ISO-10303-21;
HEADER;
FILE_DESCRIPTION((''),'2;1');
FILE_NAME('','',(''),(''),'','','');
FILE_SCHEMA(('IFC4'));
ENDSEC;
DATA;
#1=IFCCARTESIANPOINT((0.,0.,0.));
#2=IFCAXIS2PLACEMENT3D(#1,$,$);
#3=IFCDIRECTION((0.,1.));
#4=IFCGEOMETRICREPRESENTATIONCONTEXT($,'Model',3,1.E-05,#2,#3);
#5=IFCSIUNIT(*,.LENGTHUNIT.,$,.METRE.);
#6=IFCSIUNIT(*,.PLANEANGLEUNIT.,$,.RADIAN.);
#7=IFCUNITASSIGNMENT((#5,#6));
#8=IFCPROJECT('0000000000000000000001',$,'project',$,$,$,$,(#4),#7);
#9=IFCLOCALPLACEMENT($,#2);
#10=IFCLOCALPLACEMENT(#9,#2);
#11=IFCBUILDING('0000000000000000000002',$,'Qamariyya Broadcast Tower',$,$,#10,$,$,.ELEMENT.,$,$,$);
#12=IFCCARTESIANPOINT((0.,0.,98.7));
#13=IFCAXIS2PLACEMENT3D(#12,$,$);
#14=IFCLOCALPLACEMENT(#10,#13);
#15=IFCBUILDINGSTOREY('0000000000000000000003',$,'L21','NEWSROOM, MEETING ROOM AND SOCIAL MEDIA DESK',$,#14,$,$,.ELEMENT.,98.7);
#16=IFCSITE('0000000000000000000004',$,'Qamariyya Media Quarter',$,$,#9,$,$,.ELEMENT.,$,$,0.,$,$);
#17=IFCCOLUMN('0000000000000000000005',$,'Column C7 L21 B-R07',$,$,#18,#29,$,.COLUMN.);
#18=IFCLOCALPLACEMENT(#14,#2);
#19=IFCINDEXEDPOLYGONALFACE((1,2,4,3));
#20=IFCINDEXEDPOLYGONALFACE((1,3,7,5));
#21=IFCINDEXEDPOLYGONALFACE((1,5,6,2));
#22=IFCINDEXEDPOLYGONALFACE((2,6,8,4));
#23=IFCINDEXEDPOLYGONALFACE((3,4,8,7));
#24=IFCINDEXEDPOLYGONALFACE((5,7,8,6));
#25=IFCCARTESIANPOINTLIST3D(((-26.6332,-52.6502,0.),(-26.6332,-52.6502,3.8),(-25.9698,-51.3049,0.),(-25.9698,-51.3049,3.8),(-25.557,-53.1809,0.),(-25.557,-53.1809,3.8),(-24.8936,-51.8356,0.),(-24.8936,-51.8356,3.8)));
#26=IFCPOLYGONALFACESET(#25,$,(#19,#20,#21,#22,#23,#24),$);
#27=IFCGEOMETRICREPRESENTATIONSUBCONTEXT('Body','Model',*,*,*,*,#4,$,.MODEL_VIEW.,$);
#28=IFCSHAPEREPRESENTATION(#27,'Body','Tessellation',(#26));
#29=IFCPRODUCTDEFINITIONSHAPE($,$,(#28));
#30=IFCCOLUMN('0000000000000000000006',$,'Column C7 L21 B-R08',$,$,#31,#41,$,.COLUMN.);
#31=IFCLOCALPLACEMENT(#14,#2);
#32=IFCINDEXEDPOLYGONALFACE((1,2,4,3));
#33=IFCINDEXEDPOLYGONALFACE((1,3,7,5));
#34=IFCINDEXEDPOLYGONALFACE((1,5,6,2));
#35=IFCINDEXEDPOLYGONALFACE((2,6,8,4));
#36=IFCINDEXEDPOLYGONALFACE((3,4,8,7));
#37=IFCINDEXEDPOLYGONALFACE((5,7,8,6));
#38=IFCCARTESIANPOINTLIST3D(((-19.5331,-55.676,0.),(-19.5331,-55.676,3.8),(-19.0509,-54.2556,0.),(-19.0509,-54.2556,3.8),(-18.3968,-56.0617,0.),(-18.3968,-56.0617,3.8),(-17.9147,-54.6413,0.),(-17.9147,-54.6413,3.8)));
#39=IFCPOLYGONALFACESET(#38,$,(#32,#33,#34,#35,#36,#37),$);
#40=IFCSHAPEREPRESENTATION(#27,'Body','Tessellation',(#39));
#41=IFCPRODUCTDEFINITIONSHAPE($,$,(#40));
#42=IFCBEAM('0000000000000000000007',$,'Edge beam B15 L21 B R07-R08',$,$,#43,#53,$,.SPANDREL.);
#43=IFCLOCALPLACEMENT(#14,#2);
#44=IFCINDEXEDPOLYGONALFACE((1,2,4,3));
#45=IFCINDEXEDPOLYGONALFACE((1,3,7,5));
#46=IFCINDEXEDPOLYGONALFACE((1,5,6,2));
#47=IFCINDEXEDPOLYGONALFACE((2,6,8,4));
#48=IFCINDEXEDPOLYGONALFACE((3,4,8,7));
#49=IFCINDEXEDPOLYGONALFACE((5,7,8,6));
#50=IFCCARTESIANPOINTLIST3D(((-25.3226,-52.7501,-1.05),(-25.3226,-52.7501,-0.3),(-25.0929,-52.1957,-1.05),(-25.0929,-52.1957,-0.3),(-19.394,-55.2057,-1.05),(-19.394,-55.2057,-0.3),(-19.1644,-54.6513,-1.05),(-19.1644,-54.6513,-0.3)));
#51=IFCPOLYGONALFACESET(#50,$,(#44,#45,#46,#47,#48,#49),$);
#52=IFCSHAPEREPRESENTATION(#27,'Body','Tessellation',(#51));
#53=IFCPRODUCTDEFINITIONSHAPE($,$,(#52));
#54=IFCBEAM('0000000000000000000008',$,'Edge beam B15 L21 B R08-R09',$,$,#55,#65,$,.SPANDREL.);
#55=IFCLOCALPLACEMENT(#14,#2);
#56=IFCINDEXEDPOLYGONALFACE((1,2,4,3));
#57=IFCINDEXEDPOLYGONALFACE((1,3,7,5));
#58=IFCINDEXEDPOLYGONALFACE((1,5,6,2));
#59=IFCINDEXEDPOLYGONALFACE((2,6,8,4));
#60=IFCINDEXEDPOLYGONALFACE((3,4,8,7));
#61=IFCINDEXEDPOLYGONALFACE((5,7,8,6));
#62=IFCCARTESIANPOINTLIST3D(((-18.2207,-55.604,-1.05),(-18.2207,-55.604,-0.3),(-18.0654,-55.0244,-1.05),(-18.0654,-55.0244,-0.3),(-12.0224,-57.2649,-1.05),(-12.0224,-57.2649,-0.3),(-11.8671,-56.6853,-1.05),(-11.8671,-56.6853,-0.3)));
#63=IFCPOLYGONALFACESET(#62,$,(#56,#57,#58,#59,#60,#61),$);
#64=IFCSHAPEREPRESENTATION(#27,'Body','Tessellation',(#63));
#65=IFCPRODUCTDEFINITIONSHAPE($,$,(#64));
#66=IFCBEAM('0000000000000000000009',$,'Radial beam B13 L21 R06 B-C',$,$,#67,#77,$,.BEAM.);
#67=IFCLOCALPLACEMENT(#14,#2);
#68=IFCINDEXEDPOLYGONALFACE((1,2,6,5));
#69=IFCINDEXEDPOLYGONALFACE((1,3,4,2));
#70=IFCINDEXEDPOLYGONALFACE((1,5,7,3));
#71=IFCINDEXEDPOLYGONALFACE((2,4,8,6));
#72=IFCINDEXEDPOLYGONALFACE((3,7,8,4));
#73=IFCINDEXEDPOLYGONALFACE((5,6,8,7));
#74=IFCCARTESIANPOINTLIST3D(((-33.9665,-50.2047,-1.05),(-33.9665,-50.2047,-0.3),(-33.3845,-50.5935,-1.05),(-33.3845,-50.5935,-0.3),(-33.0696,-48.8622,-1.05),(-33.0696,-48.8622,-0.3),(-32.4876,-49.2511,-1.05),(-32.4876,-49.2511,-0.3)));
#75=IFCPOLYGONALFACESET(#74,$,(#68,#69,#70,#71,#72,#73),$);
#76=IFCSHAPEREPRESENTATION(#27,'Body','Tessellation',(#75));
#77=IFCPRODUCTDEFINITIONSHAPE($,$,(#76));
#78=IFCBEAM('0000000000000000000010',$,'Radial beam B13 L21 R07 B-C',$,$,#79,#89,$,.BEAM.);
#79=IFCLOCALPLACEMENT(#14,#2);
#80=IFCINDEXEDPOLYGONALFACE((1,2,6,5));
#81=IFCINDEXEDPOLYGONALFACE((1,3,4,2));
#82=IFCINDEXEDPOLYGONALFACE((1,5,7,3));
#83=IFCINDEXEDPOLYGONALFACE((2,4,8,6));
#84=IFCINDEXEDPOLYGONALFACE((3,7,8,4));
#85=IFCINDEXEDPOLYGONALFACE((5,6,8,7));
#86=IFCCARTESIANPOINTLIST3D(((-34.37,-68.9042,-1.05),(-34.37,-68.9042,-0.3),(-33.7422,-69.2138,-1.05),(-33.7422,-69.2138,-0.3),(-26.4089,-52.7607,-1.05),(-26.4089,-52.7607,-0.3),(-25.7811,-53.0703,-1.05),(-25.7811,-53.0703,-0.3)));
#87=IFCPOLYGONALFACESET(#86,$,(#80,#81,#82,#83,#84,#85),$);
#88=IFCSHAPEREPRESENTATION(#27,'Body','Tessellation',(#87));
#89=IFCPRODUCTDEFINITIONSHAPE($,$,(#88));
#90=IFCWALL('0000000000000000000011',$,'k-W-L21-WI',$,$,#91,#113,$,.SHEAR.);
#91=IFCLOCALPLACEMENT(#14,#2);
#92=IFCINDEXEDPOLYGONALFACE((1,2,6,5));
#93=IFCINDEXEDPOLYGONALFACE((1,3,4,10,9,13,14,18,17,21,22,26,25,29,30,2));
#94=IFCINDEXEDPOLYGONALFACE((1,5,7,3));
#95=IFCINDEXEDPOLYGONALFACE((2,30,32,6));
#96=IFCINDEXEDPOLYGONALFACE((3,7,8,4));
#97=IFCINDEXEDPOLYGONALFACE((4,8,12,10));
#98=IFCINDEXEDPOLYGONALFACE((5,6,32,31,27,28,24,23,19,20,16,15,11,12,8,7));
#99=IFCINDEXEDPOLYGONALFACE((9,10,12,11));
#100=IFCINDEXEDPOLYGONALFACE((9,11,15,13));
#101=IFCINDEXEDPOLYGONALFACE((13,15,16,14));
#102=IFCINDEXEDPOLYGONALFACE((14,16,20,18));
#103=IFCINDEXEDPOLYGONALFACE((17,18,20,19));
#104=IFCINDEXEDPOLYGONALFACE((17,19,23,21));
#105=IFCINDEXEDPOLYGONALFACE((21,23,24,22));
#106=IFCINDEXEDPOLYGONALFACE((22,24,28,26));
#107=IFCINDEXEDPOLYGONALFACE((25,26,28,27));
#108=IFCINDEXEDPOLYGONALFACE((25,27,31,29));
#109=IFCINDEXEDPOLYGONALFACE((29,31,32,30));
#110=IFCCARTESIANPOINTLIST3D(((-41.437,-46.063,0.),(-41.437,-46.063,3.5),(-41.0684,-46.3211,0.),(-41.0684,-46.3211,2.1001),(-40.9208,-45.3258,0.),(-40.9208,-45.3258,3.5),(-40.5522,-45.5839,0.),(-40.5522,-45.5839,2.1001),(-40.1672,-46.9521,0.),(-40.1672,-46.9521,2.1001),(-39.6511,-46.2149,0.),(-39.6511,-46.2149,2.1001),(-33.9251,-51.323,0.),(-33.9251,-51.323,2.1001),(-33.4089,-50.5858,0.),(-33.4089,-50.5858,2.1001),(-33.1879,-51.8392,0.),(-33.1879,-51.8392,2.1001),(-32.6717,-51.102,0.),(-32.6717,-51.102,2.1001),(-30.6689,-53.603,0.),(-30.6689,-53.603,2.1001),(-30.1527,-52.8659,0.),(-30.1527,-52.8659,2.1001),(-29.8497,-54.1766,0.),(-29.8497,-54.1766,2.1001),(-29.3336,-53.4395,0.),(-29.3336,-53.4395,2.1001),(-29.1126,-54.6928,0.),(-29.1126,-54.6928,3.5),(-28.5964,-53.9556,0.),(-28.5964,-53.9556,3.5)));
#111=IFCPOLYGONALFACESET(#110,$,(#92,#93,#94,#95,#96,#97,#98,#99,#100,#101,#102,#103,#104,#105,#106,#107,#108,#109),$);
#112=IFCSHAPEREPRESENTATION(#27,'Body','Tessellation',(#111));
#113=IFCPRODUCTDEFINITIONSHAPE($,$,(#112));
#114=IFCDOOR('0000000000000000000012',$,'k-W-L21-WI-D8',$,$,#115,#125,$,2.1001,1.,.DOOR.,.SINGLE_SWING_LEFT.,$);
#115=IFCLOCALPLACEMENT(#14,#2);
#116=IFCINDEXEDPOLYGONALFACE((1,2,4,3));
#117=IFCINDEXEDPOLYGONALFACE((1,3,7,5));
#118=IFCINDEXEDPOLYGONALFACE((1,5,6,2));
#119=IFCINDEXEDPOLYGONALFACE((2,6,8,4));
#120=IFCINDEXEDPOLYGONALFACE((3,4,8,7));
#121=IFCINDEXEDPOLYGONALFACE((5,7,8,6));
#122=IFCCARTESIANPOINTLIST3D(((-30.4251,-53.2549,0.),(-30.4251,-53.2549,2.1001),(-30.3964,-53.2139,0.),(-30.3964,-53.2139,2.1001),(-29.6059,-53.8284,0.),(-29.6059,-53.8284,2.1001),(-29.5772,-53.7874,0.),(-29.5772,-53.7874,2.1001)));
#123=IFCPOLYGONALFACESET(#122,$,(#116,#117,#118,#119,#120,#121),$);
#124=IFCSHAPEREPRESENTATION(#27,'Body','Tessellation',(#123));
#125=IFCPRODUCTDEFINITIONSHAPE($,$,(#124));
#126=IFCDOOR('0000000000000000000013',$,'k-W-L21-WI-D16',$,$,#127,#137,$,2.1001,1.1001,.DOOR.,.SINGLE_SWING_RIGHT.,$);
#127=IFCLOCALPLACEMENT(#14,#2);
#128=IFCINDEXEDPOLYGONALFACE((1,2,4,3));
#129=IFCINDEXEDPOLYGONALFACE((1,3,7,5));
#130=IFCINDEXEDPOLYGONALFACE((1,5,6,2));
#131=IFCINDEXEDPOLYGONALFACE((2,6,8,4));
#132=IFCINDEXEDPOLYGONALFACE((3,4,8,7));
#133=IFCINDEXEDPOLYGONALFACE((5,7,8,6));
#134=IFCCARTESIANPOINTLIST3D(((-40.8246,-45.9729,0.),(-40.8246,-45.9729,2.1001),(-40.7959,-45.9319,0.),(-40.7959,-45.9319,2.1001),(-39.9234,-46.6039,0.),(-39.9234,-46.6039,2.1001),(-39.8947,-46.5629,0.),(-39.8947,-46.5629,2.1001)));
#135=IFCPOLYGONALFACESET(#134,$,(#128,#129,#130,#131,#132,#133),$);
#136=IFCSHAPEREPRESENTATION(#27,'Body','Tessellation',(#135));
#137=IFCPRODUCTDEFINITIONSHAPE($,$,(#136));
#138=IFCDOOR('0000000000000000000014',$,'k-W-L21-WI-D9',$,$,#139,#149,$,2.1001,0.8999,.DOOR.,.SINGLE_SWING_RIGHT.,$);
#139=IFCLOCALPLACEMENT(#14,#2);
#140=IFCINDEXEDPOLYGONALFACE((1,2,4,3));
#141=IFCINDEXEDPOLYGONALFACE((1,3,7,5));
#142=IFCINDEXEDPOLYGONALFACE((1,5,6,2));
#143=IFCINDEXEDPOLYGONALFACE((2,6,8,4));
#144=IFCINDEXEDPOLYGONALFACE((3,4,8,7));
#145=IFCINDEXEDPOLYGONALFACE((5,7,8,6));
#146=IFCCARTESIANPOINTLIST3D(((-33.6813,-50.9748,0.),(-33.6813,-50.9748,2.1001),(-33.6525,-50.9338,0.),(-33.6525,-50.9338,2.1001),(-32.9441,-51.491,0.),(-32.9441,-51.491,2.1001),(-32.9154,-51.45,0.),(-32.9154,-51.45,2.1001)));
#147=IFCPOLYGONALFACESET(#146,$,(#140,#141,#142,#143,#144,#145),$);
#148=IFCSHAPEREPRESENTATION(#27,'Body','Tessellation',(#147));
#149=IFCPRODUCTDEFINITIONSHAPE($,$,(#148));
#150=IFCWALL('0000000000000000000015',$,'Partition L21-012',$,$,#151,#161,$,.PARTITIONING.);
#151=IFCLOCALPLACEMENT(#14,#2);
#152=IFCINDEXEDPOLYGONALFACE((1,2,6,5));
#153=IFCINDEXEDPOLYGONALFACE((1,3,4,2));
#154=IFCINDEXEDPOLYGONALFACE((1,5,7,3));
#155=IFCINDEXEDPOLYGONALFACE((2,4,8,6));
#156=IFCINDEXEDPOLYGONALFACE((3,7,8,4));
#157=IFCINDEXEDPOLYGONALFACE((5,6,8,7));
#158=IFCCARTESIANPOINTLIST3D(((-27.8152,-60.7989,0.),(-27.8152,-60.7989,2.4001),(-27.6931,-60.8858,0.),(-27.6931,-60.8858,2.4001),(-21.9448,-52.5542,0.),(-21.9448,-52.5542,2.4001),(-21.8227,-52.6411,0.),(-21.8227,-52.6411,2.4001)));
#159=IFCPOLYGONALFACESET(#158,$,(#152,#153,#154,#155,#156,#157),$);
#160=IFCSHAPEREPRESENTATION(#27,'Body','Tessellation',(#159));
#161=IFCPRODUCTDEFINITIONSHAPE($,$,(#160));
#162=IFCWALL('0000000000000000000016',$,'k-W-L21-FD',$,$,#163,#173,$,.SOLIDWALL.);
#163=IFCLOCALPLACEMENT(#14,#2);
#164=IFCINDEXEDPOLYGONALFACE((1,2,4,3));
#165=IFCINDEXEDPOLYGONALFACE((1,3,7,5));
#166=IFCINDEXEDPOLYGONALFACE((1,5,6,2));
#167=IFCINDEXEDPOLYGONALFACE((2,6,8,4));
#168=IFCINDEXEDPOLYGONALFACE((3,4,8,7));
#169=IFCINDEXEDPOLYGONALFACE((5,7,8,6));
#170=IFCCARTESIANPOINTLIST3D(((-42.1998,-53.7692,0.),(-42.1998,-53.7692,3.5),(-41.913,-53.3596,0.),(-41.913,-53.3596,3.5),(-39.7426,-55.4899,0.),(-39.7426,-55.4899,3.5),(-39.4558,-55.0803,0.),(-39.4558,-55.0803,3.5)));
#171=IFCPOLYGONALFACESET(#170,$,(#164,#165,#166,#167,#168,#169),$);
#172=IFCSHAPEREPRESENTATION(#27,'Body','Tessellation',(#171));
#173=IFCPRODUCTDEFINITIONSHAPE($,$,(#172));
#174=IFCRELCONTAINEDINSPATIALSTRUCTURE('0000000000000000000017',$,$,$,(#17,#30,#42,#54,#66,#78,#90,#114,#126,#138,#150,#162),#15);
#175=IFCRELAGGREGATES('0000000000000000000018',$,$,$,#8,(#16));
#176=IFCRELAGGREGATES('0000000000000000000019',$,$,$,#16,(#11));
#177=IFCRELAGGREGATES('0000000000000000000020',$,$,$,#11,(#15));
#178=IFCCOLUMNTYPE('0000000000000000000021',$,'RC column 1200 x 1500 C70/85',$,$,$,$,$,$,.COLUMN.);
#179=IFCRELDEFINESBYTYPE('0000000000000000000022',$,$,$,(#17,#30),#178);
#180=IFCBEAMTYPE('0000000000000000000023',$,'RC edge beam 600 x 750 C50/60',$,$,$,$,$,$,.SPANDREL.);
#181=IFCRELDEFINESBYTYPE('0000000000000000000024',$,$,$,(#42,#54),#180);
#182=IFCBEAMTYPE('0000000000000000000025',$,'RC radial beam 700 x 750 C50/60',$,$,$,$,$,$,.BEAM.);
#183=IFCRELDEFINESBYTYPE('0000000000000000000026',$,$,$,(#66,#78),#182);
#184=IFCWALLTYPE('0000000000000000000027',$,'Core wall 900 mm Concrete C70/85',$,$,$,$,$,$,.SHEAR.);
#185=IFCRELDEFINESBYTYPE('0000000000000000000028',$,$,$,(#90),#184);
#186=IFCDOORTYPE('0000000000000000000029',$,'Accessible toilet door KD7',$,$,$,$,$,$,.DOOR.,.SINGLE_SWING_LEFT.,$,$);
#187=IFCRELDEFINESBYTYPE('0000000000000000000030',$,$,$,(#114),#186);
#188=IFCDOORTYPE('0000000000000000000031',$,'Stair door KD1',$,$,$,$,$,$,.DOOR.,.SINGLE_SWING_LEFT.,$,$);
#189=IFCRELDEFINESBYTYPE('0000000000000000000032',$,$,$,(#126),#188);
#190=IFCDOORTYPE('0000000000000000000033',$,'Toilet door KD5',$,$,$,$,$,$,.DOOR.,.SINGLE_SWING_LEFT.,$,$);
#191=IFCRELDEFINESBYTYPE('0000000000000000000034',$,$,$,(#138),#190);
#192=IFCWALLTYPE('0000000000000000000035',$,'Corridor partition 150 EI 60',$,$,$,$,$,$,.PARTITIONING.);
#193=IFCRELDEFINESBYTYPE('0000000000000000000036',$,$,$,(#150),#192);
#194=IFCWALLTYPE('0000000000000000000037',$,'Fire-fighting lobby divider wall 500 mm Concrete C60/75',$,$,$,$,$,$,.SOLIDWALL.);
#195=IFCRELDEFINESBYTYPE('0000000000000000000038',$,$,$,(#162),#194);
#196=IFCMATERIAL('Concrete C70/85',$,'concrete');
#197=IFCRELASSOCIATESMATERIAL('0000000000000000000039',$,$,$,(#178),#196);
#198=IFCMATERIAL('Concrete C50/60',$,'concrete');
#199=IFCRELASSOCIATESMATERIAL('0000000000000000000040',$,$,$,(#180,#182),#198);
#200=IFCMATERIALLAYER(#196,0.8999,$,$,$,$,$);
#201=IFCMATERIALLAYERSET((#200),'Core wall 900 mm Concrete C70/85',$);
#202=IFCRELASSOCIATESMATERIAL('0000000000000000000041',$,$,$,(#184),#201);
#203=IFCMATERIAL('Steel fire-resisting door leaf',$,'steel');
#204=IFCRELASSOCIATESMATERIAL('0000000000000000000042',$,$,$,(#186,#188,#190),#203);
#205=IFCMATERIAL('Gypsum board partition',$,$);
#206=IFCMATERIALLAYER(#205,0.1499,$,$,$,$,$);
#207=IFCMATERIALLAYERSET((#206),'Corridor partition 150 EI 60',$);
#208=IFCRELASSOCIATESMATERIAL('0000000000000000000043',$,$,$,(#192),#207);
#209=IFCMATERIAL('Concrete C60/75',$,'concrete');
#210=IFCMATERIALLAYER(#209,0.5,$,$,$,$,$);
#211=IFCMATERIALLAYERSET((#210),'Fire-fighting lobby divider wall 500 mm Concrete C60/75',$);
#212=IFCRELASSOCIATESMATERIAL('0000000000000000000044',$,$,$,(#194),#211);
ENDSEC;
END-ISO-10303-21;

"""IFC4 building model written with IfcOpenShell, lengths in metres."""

from ifc_helpers import new_model, si_unit, direction, frame, frame_2d, origin, origin_2d, place, context, subcontext, project, spatial, rectangle, extrude, material, layer, layer_set, material_profile, profile_set, type_object, element, fill, save


model = new_model("IFC4")

# Units and contexts
model_context = context("Model", 3, precision=1e-05, world=origin(), true_north=direction((0.0, 1.0)))
body_context = subcontext(model_context, "Body", "Model", "MODEL_VIEW")
ifc_project = project(units=[si_unit("LENGTHUNIT", "METRE"), si_unit("PLANEANGLEUNIT", "RADIAN")], contexts=[model_context])

# Site, building, storey
site_placement = place(None, origin())
site = spatial("IfcSite", under=ifc_project, at=site_placement, Name="Qamariyya Media Quarter", CompositionType="ELEMENT", RefElevation=0.0)
building_placement = place(site_placement, origin())
building = spatial("IfcBuilding", under=site, at=building_placement, Name="Qamariyya Broadcast Tower", CompositionType="ELEMENT")
storey_placement = place(building_placement, frame((0.0, 0.0, 98.7)))
storey = spatial("IfcBuildingStorey", under=building, at=storey_placement, Name="L21", Description="NEWSROOM, MEETING ROOM AND SOCIAL MEDIA DESK", CompositionType="ELEMENT", Elevation=98.7)

# Columns
ifc_material_1 = material(Name="Concrete C70/85", Category="concrete")
ifc_material_profile_1 = material_profile(ifc_material_1, rectangle(XDim=1.2, YDim=1.5, at=origin_2d()))
ifc_profile_set_1 = profile_set([ifc_material_profile_1], Name="Concrete C70/85")
column_type = type_object("IfcColumnType", Name="RC column 1200 x 1500 C70/85", PredefinedType="COLUMN", material=ifc_profile_set_1)
for number, where, z_axis, x_axis, name in (
    (1, (-25.7634, -52.2429, 0.0), (0.0, 0.0, 1.0), (0.896873, -0.442289, 0.0), "Column C7 L21 B-R07"),
    (2, (-18.7239, -55.1587, 0.0), (0.0, 0.0, 1.0), (0.94693, -0.321439, 0.0), "Column C7 L21 B-R08"),
):
    element("IfcColumn", number, at=place(storey_placement, frame(where, z_axis=z_axis, x_axis=x_axis)), inside=storey, type_object=column_type, Name=name, PredefinedType="COLUMN", context=body_context, shape_type="SweptSolid", body=[
        extrude(rectangle(XDim=1.2, YDim=1.5, at=origin_2d()), origin(), (0.0, 0.0, 1.0), 3.8),
    ])

# Beams
ifc_material_2 = material(Name="Concrete C50/60", Category="concrete")
ifc_material_profile_2 = material_profile(ifc_material_2, rectangle(XDim=0.6001, YDim=0.75, at=origin_2d()))
ifc_profile_set_2 = profile_set([ifc_material_profile_2], Name="Concrete C50/60")
beam_type_1 = type_object("IfcBeamType", Name="RC edge beam 600 x 750 C50/60", PredefinedType="SPANDREL", material=ifc_profile_set_2)
for number, where, z_axis, x_axis, name in (
    (3, (-25.2078, -52.4729, -0.675), (0.923884, -0.382672, 0.0), (0.382672, 0.923884, 0.0), "Edge beam B15 L21 B R07-R08"),
    (4, (-18.1431, -55.3142, -0.675), (0.965923, -0.25883, 0.0), (0.25883, 0.965923, 0.0), "Edge beam B15 L21 B R08-R09"),
):
    element("IfcBeam", number, at=place(storey_placement, frame(where, z_axis=z_axis, x_axis=x_axis)), inside=storey, type_object=beam_type_1, Name=name, PredefinedType="SPANDREL", context=body_context, shape_type="SweptSolid", body=[
        extrude(rectangle(XDim=0.6001, YDim=0.75, at=origin_2d()), origin(), (0.0, 0.0, 1.0), 6.417),
    ])
ifc_material_profile_3 = material_profile(ifc_material_2, rectangle(XDim=0.7, YDim=0.75, at=origin_2d()))
ifc_profile_set_3 = profile_set([ifc_material_profile_3], Name="Concrete C50/60")
beam_type_2 = type_object("IfcBeamType", Name="RC radial beam 700 x 750 C50/60", PredefinedType="BEAM", material=ifc_profile_set_3)
beam_1_placement = place(storey_placement, frame((-32.7786, -49.0566, -0.675), z_axis=(-0.555537, -0.831492, 0.0), x_axis=(0.831492, -0.555537, 0.0)))
element("IfcBeam", 5, at=beam_1_placement, inside=storey, type_object=beam_type_2, Name="Radial beam B13 L21 R06 B-C", PredefinedType="BEAM", context=body_context, shape_type="SweptSolid", body=[
    extrude(rectangle(XDim=0.7, YDim=0.75, at=origin_2d()), origin(), (0.0, 0.0, 1.0), 1.6145),
])
beam_2_placement = place(storey_placement, frame((-26.095, -52.9155, -0.675), z_axis=(-0.442291, -0.896871, 0.0), x_axis=(0.896871, -0.442291, 0.0)))
element("IfcBeam", 6, at=beam_2_placement, inside=storey, type_object=beam_type_2, Name="Radial beam B13 L21 R07 B-C", PredefinedType="BEAM", context=body_context, shape_type="SweptSolid", body=[
    extrude(rectangle(XDim=0.7, YDim=0.75, at=origin_2d()), origin(), (0.0, 0.0, 1.0), 17.9998),
])

# Wall, openings, doors
ifc_layer_1 = layer(ifc_material_1, 0.8999)
ifc_layer_set_1 = layer_set([ifc_layer_1], Name="Core wall 900 mm Concrete C70/85")
wall_type_1 = type_object("IfcWallType", Name="Core wall 900 mm Concrete C70/85", PredefinedType="SHEAR", material=ifc_layer_set_1)
wall_1_placement = place(storey_placement, frame((-28.8545, -54.3242, 0.0), z_axis=(0.0, 0.0, 1.0), x_axis=(-0.819146, 0.573585, 0.0)))
wall_1 = element("IfcWall", 7, at=wall_1_placement, inside=storey, type_object=wall_type_1, Name="k-W-L21-WI", PredefinedType="SHEAR", context=body_context, shape_type="SweptSolid", body=[
    extrude(rectangle(XDim=15.0454, YDim=0.8999, at=frame_2d((7.5227, 0.0))), origin(), (0.0, 0.0, 1.0), 3.5),
])
opening_1_placement = place(wall_1_placement, frame((0.8999, 0.0, 0.0)))
opening_1 = element("IfcOpeningElement", 8, at=opening_1_placement, cuts=wall_1, PredefinedType="OPENING", context=body_context, shape_type="SweptSolid", body=[
    extrude(rectangle(XDim=1.0, YDim=2.1001, at=frame_2d((0.5, 1.05))), frame((0.0, 0.46, 0.0), z_axis=(0.0, -1.0, 0.0), x_axis=(1.0, 0.0, 0.0)), (0.0, 0.0, 1.0), 0.9199),
])
opening_2_placement = place(wall_1_placement, frame((4.9751, 0.0, 0.0)))
opening_2 = element("IfcOpeningElement", 9, at=opening_2_placement, cuts=wall_1, PredefinedType="OPENING", context=body_context, shape_type="SweptSolid", body=[
    extrude(rectangle(XDim=0.8999, YDim=2.1001, at=frame_2d((0.45, 1.05))), frame((0.0, 0.46, 0.0), z_axis=(0.0, -1.0, 0.0), x_axis=(1.0, 0.0, 0.0)), (0.0, 0.0, 1.0), 0.9199),
])
opening_3_placement = place(wall_1_placement, frame((13.4954, 0.0, 0.0)))
opening_3 = element("IfcOpeningElement", 10, at=opening_3_placement, cuts=wall_1, PredefinedType="OPENING", context=body_context, shape_type="SweptSolid", body=[
    extrude(rectangle(XDim=1.1001, YDim=2.1001, at=frame_2d((0.55, 1.05))), frame((0.0, 0.46, 0.0), z_axis=(0.0, -1.0, 0.0), x_axis=(1.0, 0.0, 0.0)), (0.0, 0.0, 1.0), 0.9199),
])
ifc_material_3 = material(Name="Steel fire-resisting door leaf", Category="steel")
door_type_1 = type_object("IfcDoorType", Name="Accessible toilet door KD7", OperationType="SINGLE_SWING_LEFT", PredefinedType="DOOR", material=ifc_material_3)
door_1_placement = place(opening_1_placement, origin())
door_1 = element("IfcDoor", 11, at=door_1_placement, inside=storey, type_object=door_type_1, Name="k-W-L21-WI-D8", OperationType="SINGLE_SWING_LEFT", OverallHeight=2.1001, OverallWidth=1.0, PredefinedType="DOOR", context=body_context, shape_type="SweptSolid", body=[
    extrude(rectangle(XDim=1.0, YDim=2.1001, at=frame_2d((0.5, 1.05))), frame((0.0, 0.0249, 0.0), z_axis=(0.0, -1.0, 0.0), x_axis=(1.0, 0.0, 0.0)), (0.0, 0.0, 1.0), 0.05),
])
fill(opening_1, door_1)
door_type_2 = type_object("IfcDoorType", Name="Stair door KD1", OperationType="SINGLE_SWING_LEFT", PredefinedType="DOOR", material=ifc_material_3)
door_2_placement = place(opening_3_placement, origin())
door_2 = element("IfcDoor", 12, at=door_2_placement, inside=storey, type_object=door_type_2, Name="k-W-L21-WI-D16", OperationType="SINGLE_SWING_RIGHT", OverallHeight=2.1001, OverallWidth=1.1001, PredefinedType="DOOR", context=body_context, shape_type="SweptSolid", body=[
    extrude(rectangle(XDim=1.1001, YDim=2.1001, at=frame_2d((0.55, 1.05))), frame((0.0, 0.0249, 0.0), z_axis=(0.0, -1.0, 0.0), x_axis=(1.0, 0.0, 0.0)), (0.0, 0.0, 1.0), 0.05),
])
fill(opening_3, door_2)
door_type_3 = type_object("IfcDoorType", Name="Toilet door KD5", OperationType="SINGLE_SWING_LEFT", PredefinedType="DOOR", material=ifc_material_3)
door_3_placement = place(opening_2_placement, origin())
door_3 = element("IfcDoor", 13, at=door_3_placement, inside=storey, type_object=door_type_3, Name="k-W-L21-WI-D9", OperationType="SINGLE_SWING_RIGHT", OverallHeight=2.1001, OverallWidth=0.8999, PredefinedType="DOOR", context=body_context, shape_type="SweptSolid", body=[
    extrude(rectangle(XDim=0.8999, YDim=2.1001, at=frame_2d((0.45, 1.05))), frame((0.0, 0.0249, 0.0), z_axis=(0.0, -1.0, 0.0), x_axis=(1.0, 0.0, 0.0)), (0.0, 0.0, 1.0), 0.05),
])
fill(opening_2, door_3)

# Walls
ifc_material_4 = material(Name="Gypsum board partition")
ifc_layer_2 = layer(ifc_material_4, 0.1499)
ifc_layer_set_2 = layer_set([ifc_layer_2], Name="Corridor partition 150 EI 60")
wall_type_2 = type_object("IfcWallType", Name="Corridor partition 150 EI 60", PredefinedType="PARTITIONING", material=ifc_layer_set_2)
wall_2_placement = place(storey_placement, frame((-21.8838, -52.5977, 0.0), z_axis=(0.0, 0.0, 1.0), x_axis=(-0.580017, -0.814605, 0.0)))
element("IfcWall", 14, at=wall_2_placement, inside=storey, type_object=wall_type_2, Name="Partition L21-012", PredefinedType="PARTITIONING", context=body_context, shape_type="SweptSolid", body=[
    extrude(rectangle(XDim=10.1211, YDim=0.1499, at=frame_2d((5.0605, 0.0))), origin(), (0.0, 0.0, 1.0), 2.4001),
])
ifc_material_5 = material(Name="Concrete C60/75", Category="concrete")
ifc_layer_3 = layer(ifc_material_5, 0.5)
ifc_layer_set_3 = layer_set([ifc_layer_3], Name="Fire-fighting lobby divider wall 500 mm Concrete C60/75")
wall_type_3 = type_object("IfcWallType", Name="Fire-fighting lobby divider wall 500 mm Concrete C60/75", PredefinedType="SOLIDWALL", material=ifc_layer_set_3)
wall_3_placement = place(storey_placement, frame((-39.5991, -55.2852, 0.0), z_axis=(0.0, 0.0, 1.0), x_axis=(-0.819136, 0.573599, 0.0)))
element("IfcWall", 15, at=wall_3_placement, inside=storey, type_object=wall_type_3, Name="k-W-L21-FD", PredefinedType="SOLIDWALL", context=body_context, shape_type="SweptSolid", body=[
    extrude(rectangle(XDim=2.9998, YDim=0.5, at=frame_2d((1.5, 0.0))), origin(), (0.0, 0.0, 1.0), 3.5),
])

save(model, "model.ifc")
